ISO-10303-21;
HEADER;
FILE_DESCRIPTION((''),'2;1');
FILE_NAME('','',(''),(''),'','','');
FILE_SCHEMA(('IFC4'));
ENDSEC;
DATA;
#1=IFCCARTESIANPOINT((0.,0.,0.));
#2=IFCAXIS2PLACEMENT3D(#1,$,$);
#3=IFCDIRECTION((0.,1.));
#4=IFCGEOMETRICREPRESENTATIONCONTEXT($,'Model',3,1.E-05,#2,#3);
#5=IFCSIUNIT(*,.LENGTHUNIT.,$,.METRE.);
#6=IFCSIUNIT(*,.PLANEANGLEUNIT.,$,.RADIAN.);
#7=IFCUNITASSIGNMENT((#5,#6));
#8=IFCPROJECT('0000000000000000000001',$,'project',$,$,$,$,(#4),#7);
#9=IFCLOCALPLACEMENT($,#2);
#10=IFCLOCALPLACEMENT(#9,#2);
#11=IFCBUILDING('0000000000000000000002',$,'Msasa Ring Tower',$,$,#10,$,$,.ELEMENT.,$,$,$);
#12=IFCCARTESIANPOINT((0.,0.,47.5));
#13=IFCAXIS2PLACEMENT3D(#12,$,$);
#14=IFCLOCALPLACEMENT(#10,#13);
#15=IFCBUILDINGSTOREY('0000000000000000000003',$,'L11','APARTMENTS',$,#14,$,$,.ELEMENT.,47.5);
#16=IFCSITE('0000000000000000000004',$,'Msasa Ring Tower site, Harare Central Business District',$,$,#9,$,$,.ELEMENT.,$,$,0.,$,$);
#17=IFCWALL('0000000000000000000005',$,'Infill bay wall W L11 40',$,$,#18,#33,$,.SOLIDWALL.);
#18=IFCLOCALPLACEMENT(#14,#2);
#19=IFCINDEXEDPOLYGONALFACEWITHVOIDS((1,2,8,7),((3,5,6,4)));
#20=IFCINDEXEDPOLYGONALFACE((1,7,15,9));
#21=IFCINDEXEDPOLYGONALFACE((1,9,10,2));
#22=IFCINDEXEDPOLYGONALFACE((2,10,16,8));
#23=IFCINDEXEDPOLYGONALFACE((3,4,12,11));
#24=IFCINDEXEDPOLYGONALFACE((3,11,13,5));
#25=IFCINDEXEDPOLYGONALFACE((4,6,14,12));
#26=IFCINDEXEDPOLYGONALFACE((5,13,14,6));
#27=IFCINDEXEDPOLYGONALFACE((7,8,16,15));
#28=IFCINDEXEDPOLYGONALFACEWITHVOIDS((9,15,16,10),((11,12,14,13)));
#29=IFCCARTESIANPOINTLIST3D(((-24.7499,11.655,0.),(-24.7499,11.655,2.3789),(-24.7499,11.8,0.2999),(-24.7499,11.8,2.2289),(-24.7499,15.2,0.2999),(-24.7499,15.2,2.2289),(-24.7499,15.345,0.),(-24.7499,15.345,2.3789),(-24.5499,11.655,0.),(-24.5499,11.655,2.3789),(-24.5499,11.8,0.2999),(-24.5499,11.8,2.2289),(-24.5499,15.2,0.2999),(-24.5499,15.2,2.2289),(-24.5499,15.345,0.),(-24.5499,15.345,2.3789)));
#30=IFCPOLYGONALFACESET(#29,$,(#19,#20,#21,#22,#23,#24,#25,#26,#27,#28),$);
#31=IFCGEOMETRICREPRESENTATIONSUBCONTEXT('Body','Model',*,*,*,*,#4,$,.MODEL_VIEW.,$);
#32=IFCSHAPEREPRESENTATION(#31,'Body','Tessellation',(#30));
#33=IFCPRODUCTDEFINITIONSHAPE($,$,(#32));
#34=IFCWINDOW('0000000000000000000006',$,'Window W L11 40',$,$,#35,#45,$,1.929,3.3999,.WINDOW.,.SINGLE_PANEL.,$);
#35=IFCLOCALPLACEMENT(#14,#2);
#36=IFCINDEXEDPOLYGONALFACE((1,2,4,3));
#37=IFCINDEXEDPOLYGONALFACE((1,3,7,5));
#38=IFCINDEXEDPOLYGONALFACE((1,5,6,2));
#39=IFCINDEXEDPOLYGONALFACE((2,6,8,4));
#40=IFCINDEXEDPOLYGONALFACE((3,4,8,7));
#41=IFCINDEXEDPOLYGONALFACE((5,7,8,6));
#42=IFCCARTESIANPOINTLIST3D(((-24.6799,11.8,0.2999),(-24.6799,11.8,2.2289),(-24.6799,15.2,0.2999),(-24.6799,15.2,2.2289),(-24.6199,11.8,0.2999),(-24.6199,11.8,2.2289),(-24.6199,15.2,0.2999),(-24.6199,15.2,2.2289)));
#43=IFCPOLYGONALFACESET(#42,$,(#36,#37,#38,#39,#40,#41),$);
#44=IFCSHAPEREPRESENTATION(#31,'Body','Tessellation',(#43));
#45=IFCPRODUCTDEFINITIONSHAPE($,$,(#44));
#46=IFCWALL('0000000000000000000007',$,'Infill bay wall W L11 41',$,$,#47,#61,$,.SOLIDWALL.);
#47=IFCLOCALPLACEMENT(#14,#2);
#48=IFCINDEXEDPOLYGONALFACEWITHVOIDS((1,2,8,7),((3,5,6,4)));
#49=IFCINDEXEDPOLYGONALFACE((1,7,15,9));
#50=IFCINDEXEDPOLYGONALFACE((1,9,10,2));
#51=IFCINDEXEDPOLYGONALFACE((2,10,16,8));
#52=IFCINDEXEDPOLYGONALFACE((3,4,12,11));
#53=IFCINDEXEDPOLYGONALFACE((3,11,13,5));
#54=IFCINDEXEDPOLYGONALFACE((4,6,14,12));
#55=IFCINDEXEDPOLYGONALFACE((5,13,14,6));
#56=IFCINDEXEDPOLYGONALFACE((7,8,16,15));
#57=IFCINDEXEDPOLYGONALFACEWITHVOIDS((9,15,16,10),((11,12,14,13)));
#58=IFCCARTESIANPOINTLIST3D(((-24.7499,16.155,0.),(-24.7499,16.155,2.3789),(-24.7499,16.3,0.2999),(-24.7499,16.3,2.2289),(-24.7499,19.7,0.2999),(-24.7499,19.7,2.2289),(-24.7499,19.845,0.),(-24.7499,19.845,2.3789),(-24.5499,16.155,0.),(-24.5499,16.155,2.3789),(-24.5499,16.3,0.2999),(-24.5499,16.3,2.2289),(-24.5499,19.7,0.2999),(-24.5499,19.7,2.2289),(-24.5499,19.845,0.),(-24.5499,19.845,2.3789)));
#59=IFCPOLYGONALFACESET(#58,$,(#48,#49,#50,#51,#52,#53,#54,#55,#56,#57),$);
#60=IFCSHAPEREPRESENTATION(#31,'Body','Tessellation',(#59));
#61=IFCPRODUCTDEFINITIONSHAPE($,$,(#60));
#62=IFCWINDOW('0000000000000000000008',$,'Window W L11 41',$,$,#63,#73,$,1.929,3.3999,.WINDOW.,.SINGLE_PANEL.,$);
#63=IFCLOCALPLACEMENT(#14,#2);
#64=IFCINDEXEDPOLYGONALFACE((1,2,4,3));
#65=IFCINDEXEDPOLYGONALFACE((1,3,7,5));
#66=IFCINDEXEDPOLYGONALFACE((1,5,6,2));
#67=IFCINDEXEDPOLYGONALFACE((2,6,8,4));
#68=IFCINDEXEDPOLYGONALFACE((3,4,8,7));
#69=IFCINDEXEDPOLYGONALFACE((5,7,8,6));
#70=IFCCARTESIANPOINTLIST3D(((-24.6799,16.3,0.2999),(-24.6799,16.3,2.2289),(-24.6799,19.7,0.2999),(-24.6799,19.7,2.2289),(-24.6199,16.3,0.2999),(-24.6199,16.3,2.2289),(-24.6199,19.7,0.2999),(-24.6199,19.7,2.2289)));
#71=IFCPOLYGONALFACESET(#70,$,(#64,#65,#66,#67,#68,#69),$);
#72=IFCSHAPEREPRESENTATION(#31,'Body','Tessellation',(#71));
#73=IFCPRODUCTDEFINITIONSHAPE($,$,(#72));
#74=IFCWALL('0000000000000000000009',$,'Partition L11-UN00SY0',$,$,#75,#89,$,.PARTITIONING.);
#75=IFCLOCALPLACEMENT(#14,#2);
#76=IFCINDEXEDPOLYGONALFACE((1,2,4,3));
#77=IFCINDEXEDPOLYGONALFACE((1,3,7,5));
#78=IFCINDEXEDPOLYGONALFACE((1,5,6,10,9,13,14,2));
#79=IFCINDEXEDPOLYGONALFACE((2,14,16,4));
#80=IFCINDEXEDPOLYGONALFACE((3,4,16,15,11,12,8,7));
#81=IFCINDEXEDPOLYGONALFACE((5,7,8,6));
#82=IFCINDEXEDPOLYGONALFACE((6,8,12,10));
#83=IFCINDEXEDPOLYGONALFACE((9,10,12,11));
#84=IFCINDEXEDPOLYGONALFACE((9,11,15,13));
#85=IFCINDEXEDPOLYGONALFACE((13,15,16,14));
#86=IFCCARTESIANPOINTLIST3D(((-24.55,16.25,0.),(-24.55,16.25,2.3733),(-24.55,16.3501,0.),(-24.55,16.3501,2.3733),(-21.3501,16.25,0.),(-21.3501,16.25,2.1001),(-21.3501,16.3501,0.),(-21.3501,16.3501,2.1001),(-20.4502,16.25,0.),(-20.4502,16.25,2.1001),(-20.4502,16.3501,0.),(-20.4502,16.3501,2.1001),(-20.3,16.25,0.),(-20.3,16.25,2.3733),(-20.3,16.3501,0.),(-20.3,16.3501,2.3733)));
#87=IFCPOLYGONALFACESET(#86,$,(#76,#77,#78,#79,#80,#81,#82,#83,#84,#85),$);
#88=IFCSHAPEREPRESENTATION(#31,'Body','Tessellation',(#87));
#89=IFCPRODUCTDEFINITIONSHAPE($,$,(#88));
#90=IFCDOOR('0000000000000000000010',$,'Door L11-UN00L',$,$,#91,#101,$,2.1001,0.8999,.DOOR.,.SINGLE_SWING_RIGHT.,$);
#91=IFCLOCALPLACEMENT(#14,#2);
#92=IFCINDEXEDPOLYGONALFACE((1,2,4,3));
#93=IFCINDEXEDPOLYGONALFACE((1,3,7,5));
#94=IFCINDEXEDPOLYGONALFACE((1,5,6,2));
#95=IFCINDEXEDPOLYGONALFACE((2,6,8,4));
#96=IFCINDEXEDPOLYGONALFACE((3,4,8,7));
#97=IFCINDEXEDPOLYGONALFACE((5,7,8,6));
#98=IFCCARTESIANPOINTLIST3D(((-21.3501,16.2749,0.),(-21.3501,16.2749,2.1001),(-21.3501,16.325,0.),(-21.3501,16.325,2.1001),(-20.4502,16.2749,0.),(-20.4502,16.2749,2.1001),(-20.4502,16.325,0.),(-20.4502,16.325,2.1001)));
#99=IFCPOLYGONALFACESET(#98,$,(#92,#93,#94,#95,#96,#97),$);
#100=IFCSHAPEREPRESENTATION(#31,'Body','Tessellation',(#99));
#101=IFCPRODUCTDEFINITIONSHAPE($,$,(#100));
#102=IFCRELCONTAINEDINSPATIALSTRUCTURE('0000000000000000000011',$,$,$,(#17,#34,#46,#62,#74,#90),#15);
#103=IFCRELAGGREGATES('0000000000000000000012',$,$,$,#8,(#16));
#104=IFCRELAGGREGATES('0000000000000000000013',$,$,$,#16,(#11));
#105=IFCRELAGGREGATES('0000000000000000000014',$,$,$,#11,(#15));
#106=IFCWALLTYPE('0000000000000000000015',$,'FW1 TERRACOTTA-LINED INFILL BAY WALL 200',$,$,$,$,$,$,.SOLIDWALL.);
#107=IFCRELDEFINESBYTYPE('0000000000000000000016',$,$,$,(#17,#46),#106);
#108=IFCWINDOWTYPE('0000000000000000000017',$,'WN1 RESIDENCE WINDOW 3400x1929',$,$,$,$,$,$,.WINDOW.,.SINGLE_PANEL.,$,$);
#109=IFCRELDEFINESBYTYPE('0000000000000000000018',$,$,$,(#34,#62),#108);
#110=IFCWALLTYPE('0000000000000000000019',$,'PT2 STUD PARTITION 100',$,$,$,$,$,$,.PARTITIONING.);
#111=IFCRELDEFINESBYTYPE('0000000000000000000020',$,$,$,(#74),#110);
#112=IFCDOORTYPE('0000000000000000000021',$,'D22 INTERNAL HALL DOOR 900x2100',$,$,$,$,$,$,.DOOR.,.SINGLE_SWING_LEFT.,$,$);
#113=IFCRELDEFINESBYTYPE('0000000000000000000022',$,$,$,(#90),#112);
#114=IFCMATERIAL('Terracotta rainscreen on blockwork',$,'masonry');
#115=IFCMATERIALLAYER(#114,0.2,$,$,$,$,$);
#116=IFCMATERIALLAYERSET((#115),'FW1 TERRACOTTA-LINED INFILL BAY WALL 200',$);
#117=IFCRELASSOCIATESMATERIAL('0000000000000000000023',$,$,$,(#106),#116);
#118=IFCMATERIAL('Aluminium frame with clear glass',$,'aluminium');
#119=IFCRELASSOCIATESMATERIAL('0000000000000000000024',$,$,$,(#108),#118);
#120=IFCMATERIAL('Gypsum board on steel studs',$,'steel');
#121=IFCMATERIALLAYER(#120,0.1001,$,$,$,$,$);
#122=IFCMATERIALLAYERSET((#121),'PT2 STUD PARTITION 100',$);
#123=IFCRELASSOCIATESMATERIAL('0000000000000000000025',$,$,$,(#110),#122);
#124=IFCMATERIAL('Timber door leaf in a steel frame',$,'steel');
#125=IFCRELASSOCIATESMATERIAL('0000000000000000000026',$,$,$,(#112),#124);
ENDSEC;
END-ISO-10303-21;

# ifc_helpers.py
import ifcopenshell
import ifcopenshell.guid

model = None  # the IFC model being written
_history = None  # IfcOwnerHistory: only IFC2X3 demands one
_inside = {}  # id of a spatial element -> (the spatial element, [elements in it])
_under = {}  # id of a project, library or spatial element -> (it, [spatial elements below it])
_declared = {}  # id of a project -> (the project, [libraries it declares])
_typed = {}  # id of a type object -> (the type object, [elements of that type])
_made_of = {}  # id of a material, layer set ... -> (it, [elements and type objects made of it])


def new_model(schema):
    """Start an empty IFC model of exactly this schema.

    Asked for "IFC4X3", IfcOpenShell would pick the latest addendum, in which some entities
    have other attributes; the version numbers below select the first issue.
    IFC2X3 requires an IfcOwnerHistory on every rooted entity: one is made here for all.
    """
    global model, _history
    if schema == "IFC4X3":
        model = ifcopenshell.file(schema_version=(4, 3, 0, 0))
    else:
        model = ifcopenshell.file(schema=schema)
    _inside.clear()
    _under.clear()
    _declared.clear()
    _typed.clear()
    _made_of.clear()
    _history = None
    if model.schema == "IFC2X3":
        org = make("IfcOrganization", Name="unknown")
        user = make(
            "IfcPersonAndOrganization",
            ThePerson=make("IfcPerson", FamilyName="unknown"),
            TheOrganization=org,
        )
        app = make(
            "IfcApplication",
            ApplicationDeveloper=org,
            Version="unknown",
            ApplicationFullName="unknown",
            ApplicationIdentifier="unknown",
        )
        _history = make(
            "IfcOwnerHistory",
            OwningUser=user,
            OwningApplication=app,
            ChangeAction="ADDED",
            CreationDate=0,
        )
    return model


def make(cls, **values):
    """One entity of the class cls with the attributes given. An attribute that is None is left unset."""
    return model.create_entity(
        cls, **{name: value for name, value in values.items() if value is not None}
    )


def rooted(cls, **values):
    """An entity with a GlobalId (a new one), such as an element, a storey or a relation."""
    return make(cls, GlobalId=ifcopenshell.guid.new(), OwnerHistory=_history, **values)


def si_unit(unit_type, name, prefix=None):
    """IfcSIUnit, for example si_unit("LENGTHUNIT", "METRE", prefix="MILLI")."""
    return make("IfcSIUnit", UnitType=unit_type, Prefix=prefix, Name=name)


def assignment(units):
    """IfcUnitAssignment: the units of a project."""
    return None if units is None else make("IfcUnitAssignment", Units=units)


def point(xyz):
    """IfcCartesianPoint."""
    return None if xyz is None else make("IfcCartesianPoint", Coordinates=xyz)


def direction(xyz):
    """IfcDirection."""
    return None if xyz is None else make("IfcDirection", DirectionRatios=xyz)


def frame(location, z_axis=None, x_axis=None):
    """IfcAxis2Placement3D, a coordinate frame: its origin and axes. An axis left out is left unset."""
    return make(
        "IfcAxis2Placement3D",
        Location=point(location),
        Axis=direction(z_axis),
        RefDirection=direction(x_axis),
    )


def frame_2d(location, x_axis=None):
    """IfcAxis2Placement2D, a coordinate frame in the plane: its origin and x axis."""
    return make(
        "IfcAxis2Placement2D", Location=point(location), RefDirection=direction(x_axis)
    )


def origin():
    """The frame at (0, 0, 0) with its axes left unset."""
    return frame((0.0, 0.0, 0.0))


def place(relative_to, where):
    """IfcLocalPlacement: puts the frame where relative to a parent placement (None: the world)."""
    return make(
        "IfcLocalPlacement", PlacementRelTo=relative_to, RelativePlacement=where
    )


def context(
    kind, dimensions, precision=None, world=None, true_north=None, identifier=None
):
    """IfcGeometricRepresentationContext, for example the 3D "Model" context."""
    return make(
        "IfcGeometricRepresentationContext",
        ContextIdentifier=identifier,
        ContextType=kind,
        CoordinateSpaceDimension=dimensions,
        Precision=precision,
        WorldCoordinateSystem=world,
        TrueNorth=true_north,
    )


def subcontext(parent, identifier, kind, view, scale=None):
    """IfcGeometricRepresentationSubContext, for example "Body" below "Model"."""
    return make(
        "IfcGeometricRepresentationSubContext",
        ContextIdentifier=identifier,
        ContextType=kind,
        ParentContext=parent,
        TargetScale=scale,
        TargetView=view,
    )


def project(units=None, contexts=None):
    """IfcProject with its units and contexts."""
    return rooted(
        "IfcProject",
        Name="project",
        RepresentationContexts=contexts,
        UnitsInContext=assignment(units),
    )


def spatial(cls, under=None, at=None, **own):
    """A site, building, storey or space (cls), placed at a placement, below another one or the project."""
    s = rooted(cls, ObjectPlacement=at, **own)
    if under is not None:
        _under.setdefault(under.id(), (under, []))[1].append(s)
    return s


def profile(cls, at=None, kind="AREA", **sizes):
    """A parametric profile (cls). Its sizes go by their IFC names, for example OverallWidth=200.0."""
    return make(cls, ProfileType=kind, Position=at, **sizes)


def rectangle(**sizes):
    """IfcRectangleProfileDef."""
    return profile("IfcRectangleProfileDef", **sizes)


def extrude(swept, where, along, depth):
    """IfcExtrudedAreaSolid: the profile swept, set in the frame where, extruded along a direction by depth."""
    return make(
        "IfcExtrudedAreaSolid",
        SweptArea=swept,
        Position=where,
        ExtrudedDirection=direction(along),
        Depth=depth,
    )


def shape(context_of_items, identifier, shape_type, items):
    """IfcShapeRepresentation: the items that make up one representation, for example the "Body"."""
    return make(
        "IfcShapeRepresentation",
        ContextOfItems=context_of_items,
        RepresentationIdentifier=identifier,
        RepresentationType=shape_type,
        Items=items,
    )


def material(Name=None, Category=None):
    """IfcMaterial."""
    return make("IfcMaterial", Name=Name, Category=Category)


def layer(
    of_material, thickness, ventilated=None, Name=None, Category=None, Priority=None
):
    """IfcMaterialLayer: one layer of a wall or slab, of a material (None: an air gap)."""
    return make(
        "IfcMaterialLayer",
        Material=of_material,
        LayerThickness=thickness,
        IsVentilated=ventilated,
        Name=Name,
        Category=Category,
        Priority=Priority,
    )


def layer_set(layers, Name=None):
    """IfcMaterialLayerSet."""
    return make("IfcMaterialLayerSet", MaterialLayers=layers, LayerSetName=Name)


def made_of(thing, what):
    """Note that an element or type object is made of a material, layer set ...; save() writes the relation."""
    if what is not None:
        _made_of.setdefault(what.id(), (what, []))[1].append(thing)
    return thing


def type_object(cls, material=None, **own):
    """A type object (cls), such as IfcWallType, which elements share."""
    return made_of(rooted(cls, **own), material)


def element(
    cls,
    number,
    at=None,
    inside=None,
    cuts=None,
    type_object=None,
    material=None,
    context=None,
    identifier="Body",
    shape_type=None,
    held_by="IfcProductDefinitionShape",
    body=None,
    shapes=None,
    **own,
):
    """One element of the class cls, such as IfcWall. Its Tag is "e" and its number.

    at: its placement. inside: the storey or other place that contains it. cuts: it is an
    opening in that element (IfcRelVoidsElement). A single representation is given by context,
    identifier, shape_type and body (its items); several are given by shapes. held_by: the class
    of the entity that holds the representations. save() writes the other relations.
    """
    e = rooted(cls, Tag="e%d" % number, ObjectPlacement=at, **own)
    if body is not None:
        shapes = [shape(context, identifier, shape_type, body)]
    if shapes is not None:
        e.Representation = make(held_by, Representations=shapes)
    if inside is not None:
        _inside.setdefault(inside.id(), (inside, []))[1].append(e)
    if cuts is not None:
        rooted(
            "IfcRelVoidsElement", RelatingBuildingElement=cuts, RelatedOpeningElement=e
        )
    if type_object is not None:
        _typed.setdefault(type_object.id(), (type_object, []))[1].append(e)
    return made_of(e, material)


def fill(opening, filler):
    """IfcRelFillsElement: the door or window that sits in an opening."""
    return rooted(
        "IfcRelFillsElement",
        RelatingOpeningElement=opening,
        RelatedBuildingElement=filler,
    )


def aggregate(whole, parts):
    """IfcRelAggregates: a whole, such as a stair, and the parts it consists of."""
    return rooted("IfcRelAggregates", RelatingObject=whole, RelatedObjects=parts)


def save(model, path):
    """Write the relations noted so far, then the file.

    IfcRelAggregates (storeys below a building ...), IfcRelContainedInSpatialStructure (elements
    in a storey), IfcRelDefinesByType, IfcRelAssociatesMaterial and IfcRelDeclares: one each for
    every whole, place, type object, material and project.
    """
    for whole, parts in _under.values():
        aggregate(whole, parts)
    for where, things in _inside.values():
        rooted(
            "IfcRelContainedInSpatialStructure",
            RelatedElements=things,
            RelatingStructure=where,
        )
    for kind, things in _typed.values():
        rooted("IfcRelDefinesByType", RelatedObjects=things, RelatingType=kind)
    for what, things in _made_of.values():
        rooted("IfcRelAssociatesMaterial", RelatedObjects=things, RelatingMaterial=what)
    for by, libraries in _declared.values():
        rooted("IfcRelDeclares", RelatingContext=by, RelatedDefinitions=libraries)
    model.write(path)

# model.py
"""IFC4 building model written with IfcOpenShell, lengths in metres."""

from ifc_helpers import new_model, si_unit, direction, frame, frame_2d, origin, place, context, subcontext, project, spatial, rectangle, extrude, material, layer, layer_set, type_object, element, fill, save


model = new_model("IFC4")

# Units and contexts
model_context = context("Model", 3, precision=1e-05, world=origin(), true_north=direction((0.0, 1.0)))
body_context = subcontext(model_context, "Body", "Model", "MODEL_VIEW")
ifc_project = project(units=[si_unit("LENGTHUNIT", "METRE"), si_unit("PLANEANGLEUNIT", "RADIAN")], contexts=[model_context])

# Site, building, storey
site_placement = place(None, origin())
site = spatial("IfcSite", under=ifc_project, at=site_placement, Name="Msasa Ring Tower site, Harare Central Business District", CompositionType="ELEMENT", RefElevation=0.0)
building_placement = place(site_placement, origin())
building = spatial("IfcBuilding", under=site, at=building_placement, Name="Msasa Ring Tower", CompositionType="ELEMENT")
storey_placement = place(building_placement, frame((0.0, 0.0, 47.5)))
storey = spatial("IfcBuildingStorey", under=building, at=storey_placement, Name="L11", Description="APARTMENTS", CompositionType="ELEMENT", Elevation=47.5)

# Walls, openings, windows
ifc_material_1 = material(Name="Terracotta rainscreen on blockwork", Category="masonry")
ifc_layer_1 = layer(ifc_material_1, 0.2)
ifc_layer_set_1 = layer_set([ifc_layer_1], Name="FW1 TERRACOTTA-LINED INFILL BAY WALL 200")
wall_type_1 = type_object("IfcWallType", Name="FW1 TERRACOTTA-LINED INFILL BAY WALL 200", PredefinedType="SOLIDWALL", material=ifc_layer_set_1)
wall_1_placement = place(storey_placement, frame((-24.6499, 11.655, 0.0), z_axis=(0.0, 0.0, 1.0), x_axis=(0.0, 1.0, 0.0)))
wall_1 = element("IfcWall", 1, at=wall_1_placement, inside=storey, type_object=wall_type_1, Name="Infill bay wall W L11 40", PredefinedType="SOLIDWALL", context=body_context, shape_type="SweptSolid", body=[
    extrude(rectangle(XDim=3.6899, YDim=0.2, at=frame_2d((1.845, 0.0))), origin(), (0.0, 0.0, 1.0), 2.3789),
])
opening_1_placement = place(wall_1_placement, frame((0.145, 0.0, 0.3)))
opening_1 = element("IfcOpeningElement", 2, at=opening_1_placement, cuts=wall_1, PredefinedType="OPENING", context=body_context, shape_type="SweptSolid", body=[
    extrude(rectangle(XDim=3.3999, YDim=1.929, at=frame_2d((1.7, 0.9644))), frame((0.0, 0.1099, 0.0), z_axis=(0.0, -1.0, 0.0), x_axis=(1.0, 0.0, 0.0)), (0.0, 0.0, 1.0), 0.22),
])
ifc_material_2 = material(Name="Aluminium frame with clear glass", Category="aluminium")
window_type = type_object("IfcWindowType", Name="WN1 RESIDENCE WINDOW 3400x1929", PartitioningType="SINGLE_PANEL", PredefinedType="WINDOW", material=ifc_material_2)
window_1_placement = place(opening_1_placement, origin())
window_1 = element("IfcWindow", 3, at=window_1_placement, inside=storey, type_object=window_type, Name="Window W L11 40", OverallHeight=1.929, OverallWidth=3.3999, PartitioningType="SINGLE_PANEL", PredefinedType="WINDOW", context=body_context, shape_type="SweptSolid", body=[
    extrude(rectangle(XDim=3.3999, YDim=1.929, at=frame_2d((1.7, 0.9644))), frame((0.0, 0.03, 0.0), z_axis=(0.0, -1.0, 0.0), x_axis=(1.0, 0.0, 0.0)), (0.0, 0.0, 1.0), 0.0601),
])
fill(opening_1, window_1)
wall_2_placement = place(storey_placement, frame((-24.6499, 16.155, 0.0), z_axis=(0.0, 0.0, 1.0), x_axis=(0.0, 1.0, 0.0)))
wall_2 = element("IfcWall", 4, at=wall_2_placement, inside=storey, type_object=wall_type_1, Name="Infill bay wall W L11 41", PredefinedType="SOLIDWALL", context=body_context, shape_type="SweptSolid", body=[
    extrude(rectangle(XDim=3.6899, YDim=0.2, at=frame_2d((1.845, 0.0))), origin(), (0.0, 0.0, 1.0), 2.3789),
])
opening_2_placement = place(wall_2_placement, frame((0.145, 0.0, 0.3)))
opening_2 = element("IfcOpeningElement", 5, at=opening_2_placement, cuts=wall_2, PredefinedType="OPENING", context=body_context, shape_type="SweptSolid", body=[
    extrude(rectangle(XDim=3.3999, YDim=1.929, at=frame_2d((1.7, 0.9644))), frame((0.0, 0.1099, 0.0), z_axis=(0.0, -1.0, 0.0), x_axis=(1.0, 0.0, 0.0)), (0.0, 0.0, 1.0), 0.22),
])
window_2_placement = place(opening_2_placement, origin())
window_2 = element("IfcWindow", 6, at=window_2_placement, inside=storey, type_object=window_type, Name="Window W L11 41", OverallHeight=1.929, OverallWidth=3.3999, PartitioningType="SINGLE_PANEL", PredefinedType="WINDOW", context=body_context, shape_type="SweptSolid", body=[
    extrude(rectangle(XDim=3.3999, YDim=1.929, at=frame_2d((1.7, 0.9644))), frame((0.0, 0.03, 0.0), z_axis=(0.0, -1.0, 0.0), x_axis=(1.0, 0.0, 0.0)), (0.0, 0.0, 1.0), 0.0601),
])
fill(opening_2, window_2)

# Wall, opening, door
ifc_material_3 = material(Name="Gypsum board on steel studs", Category="steel")
ifc_layer_2 = layer(ifc_material_3, 0.1001)
ifc_layer_set_2 = layer_set([ifc_layer_2], Name="PT2 STUD PARTITION 100")
wall_type_2 = type_object("IfcWallType", Name="PT2 STUD PARTITION 100", PredefinedType="PARTITIONING", material=ifc_layer_set_2)
wall_3_placement = place(storey_placement, frame((-24.55, 16.3, 0.0), z_axis=(0.0, 0.0, 1.0), x_axis=(1.0, 0.0, 0.0)))
wall_3 = element("IfcWall", 7, at=wall_3_placement, inside=storey, type_object=wall_type_2, Name="Partition L11-UN00SY0", PredefinedType="PARTITIONING", context=body_context, shape_type="SweptSolid", body=[
    extrude(rectangle(XDim=4.25, YDim=0.1001, at=frame_2d((2.125, 0.0))), origin(), (0.0, 0.0, 1.0), 2.3733),
])
opening_3_placement = place(wall_3_placement, frame((3.2, 0.0, 0.0)))
opening_3 = element("IfcOpeningElement", 8, at=opening_3_placement, cuts=wall_3, PredefinedType="OPENING", context=body_context, shape_type="SweptSolid", body=[
    extrude(rectangle(XDim=0.8999, YDim=2.1001, at=frame_2d((0.45, 1.05))), frame((0.0, 0.0601, 0.0), z_axis=(0.0, -1.0, 0.0), x_axis=(1.0, 0.0, 0.0)), (0.0, 0.0, 1.0), 0.1201),
])
ifc_material_4 = material(Name="Timber door leaf in a steel frame", Category="steel")
door_type = type_object("IfcDoorType", Name="D22 INTERNAL HALL DOOR 900x2100", OperationType="SINGLE_SWING_LEFT", PredefinedType="DOOR", material=ifc_material_4)
door_placement = place(opening_3_placement, origin())
door = element("IfcDoor", 9, at=door_placement, inside=storey, type_object=door_type, Name="Door L11-UN00L", OperationType="SINGLE_SWING_RIGHT", OverallHeight=2.1001, OverallWidth=0.8999, PredefinedType="DOOR", context=body_context, shape_type="SweptSolid", body=[
    extrude(rectangle(XDim=0.8999, YDim=2.1001, at=frame_2d((0.45, 1.05))), frame((0.0, 0.0249, 0.0), z_axis=(0.0, -1.0, 0.0), x_axis=(1.0, 0.0, 0.0)), (0.0, 0.0, 1.0), 0.05),
])
fill(opening_3, door)

save(model, "model.ifc")
